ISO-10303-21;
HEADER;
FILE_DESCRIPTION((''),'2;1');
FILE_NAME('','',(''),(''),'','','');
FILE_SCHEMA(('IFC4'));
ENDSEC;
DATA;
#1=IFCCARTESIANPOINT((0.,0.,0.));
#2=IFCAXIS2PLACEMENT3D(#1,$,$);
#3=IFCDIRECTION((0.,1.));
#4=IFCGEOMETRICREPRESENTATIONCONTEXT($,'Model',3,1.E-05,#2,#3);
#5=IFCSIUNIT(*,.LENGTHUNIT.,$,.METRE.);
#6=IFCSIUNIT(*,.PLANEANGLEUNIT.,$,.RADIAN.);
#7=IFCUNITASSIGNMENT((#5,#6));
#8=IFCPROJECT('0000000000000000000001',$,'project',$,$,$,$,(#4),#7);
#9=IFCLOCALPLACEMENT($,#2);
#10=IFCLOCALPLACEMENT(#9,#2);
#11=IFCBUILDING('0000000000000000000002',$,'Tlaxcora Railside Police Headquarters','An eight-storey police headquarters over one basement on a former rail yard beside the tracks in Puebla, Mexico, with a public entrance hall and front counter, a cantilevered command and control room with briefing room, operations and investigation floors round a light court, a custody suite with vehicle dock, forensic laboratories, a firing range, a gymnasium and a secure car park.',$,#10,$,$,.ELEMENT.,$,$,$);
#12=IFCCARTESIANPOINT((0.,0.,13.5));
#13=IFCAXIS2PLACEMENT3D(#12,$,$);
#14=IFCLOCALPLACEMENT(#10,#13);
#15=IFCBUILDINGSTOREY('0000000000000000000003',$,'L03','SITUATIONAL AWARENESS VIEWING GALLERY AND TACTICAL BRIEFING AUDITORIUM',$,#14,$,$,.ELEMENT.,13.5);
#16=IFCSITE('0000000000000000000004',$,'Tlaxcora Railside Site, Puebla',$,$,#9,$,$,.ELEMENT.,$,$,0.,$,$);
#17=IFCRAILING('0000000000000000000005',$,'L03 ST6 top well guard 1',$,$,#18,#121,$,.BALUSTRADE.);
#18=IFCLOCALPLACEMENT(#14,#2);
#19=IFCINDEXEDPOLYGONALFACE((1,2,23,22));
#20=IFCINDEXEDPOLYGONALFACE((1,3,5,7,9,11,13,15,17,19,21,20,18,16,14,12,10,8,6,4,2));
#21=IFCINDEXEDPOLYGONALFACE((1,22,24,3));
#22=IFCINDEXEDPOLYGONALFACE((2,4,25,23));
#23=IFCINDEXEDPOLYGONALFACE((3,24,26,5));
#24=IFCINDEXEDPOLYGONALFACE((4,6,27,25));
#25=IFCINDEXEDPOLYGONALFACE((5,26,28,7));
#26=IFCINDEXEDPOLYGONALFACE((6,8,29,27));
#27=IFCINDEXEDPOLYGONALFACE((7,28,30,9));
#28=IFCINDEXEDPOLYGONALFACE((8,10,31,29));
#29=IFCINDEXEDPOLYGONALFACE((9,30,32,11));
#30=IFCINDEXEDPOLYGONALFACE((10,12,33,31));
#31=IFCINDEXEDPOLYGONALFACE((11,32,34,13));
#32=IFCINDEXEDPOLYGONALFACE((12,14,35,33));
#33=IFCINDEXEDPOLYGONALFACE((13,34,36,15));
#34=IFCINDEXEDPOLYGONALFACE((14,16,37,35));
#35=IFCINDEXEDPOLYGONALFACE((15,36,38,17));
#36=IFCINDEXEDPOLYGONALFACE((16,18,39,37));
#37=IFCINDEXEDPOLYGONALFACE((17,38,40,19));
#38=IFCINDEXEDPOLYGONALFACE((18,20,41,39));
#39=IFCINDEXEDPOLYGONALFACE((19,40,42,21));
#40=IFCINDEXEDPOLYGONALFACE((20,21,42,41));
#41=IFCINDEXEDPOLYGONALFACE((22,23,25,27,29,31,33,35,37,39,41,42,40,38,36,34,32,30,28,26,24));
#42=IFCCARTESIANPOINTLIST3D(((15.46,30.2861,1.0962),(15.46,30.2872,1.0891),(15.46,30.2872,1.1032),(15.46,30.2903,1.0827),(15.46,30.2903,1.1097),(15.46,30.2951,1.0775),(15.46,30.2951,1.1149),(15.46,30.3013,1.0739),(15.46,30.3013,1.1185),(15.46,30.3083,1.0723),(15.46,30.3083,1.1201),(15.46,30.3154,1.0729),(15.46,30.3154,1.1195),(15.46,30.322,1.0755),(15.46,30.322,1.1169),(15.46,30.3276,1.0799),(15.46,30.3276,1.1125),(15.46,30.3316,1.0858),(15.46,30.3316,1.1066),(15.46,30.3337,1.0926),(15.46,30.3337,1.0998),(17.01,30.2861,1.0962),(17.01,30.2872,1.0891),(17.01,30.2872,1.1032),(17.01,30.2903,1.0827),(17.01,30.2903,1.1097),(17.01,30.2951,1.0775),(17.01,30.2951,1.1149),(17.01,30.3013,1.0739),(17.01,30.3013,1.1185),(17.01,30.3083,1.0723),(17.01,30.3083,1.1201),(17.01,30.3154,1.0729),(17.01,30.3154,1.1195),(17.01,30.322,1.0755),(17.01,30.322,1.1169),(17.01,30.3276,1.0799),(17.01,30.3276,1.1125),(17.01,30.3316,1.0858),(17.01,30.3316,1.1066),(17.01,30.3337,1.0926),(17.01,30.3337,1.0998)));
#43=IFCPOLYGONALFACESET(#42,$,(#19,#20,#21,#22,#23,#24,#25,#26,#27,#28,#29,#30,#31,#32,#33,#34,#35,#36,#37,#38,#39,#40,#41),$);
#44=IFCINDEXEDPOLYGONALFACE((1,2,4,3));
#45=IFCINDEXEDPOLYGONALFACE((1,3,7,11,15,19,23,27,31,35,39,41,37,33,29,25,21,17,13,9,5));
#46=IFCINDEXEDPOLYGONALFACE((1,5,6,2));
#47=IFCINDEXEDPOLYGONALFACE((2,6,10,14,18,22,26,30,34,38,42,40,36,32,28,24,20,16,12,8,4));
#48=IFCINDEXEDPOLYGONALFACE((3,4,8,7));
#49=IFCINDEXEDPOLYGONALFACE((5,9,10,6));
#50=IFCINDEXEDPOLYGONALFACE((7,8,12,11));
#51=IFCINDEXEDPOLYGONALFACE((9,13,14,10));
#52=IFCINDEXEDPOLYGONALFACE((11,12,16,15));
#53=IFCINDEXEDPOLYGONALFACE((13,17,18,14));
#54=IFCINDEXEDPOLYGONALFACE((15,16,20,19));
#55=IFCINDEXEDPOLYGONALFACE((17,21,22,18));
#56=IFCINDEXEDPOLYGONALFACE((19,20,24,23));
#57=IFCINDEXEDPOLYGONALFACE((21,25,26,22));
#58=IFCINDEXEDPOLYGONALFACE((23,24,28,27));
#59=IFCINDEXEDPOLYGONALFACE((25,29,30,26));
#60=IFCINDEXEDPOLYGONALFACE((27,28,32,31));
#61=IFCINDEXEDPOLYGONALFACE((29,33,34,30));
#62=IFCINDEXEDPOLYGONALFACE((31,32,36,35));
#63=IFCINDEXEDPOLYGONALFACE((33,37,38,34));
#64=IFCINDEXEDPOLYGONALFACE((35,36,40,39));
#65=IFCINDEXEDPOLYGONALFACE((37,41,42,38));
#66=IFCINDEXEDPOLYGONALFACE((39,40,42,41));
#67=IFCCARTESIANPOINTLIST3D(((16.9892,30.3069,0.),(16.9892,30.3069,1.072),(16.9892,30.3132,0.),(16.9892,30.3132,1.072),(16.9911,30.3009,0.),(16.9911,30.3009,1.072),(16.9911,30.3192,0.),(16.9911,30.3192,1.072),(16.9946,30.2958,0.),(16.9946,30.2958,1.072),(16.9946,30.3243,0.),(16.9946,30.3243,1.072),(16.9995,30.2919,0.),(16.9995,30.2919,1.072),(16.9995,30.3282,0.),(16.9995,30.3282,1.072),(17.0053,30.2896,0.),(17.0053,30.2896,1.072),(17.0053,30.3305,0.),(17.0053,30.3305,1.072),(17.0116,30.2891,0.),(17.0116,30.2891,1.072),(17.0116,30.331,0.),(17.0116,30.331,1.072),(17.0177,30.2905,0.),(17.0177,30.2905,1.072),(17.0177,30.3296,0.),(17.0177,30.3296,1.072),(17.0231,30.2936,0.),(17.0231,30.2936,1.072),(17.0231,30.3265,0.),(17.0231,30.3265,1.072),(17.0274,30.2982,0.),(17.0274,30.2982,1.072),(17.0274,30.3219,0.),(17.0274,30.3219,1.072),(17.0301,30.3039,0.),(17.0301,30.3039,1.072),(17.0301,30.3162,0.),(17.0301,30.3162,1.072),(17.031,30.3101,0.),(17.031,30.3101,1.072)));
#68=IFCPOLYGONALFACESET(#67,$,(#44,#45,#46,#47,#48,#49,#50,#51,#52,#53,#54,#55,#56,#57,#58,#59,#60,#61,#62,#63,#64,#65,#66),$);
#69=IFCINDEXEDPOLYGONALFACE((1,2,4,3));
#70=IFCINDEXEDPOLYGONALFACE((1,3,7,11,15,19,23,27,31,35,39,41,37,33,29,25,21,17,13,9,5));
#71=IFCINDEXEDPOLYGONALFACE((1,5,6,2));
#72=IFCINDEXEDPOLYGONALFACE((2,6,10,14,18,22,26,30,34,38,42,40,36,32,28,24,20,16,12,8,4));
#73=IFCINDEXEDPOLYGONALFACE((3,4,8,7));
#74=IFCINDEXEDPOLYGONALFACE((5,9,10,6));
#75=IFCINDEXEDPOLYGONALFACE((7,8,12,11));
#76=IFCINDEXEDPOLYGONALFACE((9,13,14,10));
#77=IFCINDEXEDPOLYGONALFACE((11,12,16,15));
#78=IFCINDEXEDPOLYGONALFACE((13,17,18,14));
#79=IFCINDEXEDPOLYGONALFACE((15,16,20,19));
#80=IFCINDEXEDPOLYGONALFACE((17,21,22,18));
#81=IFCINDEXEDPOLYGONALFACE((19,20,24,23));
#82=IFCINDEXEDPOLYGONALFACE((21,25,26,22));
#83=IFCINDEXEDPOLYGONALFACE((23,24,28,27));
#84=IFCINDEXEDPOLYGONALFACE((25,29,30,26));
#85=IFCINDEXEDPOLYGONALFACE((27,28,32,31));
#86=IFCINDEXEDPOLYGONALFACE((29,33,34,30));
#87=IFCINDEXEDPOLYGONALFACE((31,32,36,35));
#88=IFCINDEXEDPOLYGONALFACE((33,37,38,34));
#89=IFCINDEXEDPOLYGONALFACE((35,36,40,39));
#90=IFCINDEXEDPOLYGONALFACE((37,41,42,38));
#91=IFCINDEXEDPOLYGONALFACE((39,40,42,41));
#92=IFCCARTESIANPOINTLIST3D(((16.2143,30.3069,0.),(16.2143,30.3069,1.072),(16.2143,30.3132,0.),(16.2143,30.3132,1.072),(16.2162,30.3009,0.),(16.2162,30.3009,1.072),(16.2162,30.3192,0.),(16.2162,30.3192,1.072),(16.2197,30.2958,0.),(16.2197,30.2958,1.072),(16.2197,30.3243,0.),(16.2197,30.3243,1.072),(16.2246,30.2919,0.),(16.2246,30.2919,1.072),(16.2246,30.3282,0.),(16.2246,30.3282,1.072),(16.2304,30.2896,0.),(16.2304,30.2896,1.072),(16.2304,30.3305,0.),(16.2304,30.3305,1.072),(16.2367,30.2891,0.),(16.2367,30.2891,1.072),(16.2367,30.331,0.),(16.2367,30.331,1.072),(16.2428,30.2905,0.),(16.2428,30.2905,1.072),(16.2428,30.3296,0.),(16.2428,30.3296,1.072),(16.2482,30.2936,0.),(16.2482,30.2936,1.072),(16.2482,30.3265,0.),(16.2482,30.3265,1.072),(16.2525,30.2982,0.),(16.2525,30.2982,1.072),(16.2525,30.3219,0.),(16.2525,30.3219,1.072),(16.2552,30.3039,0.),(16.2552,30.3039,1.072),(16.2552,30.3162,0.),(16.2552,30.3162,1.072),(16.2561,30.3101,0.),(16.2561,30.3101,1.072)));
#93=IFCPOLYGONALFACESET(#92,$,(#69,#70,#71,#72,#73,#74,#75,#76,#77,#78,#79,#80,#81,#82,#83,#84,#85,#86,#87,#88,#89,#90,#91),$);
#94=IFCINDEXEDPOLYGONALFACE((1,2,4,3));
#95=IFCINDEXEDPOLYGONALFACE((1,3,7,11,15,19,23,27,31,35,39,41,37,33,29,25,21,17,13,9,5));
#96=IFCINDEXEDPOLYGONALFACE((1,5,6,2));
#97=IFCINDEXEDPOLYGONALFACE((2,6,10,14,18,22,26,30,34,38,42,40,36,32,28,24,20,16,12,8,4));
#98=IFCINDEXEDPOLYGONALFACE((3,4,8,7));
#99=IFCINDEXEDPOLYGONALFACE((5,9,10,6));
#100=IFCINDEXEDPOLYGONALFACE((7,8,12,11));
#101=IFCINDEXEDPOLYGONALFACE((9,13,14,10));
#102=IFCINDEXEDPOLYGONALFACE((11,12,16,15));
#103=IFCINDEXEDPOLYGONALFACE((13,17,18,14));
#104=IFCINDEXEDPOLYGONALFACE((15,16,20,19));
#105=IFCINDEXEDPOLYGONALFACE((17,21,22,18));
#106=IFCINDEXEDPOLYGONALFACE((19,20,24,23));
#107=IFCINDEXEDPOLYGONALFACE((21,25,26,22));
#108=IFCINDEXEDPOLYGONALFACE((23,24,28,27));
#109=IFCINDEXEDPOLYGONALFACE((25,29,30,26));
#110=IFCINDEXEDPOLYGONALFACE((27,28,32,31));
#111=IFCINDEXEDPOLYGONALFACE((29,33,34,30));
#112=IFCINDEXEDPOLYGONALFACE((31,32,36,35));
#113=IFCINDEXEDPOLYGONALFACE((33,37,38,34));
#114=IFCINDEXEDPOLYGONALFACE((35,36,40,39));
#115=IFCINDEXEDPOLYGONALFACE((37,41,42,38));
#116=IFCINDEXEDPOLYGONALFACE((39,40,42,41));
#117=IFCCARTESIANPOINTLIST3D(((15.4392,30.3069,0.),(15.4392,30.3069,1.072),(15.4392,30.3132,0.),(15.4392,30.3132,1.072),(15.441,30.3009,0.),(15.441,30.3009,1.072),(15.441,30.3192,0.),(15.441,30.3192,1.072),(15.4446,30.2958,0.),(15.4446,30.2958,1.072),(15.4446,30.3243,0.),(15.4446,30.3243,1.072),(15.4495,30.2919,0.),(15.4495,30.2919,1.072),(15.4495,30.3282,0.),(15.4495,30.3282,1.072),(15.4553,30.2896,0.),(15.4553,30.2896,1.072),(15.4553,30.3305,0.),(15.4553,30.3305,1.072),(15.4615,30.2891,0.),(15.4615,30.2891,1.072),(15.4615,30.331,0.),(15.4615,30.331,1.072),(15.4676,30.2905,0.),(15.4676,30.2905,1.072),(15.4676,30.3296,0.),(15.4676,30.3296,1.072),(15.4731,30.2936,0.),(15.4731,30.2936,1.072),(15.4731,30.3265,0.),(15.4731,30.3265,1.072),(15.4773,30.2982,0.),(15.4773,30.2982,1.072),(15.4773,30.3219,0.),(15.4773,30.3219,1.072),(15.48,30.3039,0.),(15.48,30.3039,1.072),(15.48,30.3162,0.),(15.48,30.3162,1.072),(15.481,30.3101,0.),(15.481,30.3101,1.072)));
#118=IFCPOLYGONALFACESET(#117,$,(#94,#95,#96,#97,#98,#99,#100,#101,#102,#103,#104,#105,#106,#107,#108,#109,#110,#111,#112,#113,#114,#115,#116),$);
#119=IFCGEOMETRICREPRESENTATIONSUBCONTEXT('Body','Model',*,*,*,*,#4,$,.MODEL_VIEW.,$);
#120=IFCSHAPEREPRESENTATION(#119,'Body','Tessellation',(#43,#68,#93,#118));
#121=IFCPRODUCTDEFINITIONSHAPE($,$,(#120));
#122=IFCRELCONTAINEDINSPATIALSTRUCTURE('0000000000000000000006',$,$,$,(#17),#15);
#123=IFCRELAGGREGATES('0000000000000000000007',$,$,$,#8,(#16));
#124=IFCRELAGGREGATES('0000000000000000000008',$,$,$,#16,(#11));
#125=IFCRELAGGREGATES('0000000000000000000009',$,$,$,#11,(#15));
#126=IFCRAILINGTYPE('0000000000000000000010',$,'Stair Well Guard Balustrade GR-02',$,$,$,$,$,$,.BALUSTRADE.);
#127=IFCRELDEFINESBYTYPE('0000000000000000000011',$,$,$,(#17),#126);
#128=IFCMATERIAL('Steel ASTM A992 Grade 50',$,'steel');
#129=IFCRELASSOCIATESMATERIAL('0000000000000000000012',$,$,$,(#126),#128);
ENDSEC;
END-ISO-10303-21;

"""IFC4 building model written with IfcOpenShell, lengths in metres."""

from ifc_helpers import new_model, si_unit, direction, frame, origin, origin_2d, place, context, subcontext, project, spatial, circle, extrude, material, type_object, element, save


model = new_model("IFC4")

# Units and contexts
model_context = context("Model", 3, precision=1e-05, world=origin(), true_north=direction((0.0, 1.0)))
body_context = subcontext(model_context, "Body", "Model", "MODEL_VIEW")
ifc_project = project(units=[si_unit("LENGTHUNIT", "METRE"), si_unit("PLANEANGLEUNIT", "RADIAN")], contexts=[model_context])

# Site, building, storey
site_placement = place(None, origin())
site = spatial("IfcSite", under=ifc_project, at=site_placement, Name="Tlaxcora Railside Site, Puebla", CompositionType="ELEMENT", RefElevation=0.0)
building_placement = place(site_placement, origin())
building = spatial("IfcBuilding", under=site, at=building_placement, Name="Tlaxcora Railside Police Headquarters", Description="An eight-storey police headquarters over one basement on a former rail yard beside the tracks in Puebla, Mexico, with a public entrance hall and front counter, a cantilevered command and control room with briefing room, operations and investigation floors round a light court, a custody suite with vehicle dock, forensic laboratories, a firing range, a gymnasium and a secure car park.", CompositionType="ELEMENT")
storey_placement = place(building_placement, frame((0.0, 0.0, 13.5)))
storey = spatial("IfcBuildingStorey", under=building, at=storey_placement, Name="L03", Description="SITUATIONAL AWARENESS VIEWING GALLERY AND TACTICAL BRIEFING AUDITORIUM", CompositionType="ELEMENT", Elevation=13.5)

# Railing
ifc_material_1 = material(Name="Steel ASTM A992 Grade 50", Category="steel")
railing_type_1 = type_object("IfcRailingType", Name="Stair Well Guard Balustrade GR-02", PredefinedType="BALUSTRADE", material=ifc_material_1)
railing_1_placement = place(storey_placement, frame((17.01, 30.3101, 0.0)))
element("IfcRailing", 1, at=railing_1_placement, inside=storey, type_object=railing_type_1, Name="L03 ST6 top well guard 1", PredefinedType="BALUSTRADE", context=body_context, shape_type="SweptSolid", body=[
    extrude(circle(Radius=0.0239, at=origin_2d()), frame((0.0, 0.0, 1.0962), z_axis=(-1.0, 0.0, 0.0), x_axis=(0.0, -1.0, 0.0)), (0.0, 0.0, 1.0), 1.55),
    extrude(circle(Radius=0.021, at=origin_2d()), origin(), (0.0, 0.0, 1.0), 1.072),
    extrude(circle(Radius=0.021, at=origin_2d()), frame((-0.7749, 0.0, 0.0)), (0.0, 0.0, 1.0), 1.072),
    extrude(circle(Radius=0.021, at=origin_2d()), frame((-1.55, 0.0, 0.0)), (0.0, 0.0, 1.0), 1.072),
])

save(model, "model.ifc")
